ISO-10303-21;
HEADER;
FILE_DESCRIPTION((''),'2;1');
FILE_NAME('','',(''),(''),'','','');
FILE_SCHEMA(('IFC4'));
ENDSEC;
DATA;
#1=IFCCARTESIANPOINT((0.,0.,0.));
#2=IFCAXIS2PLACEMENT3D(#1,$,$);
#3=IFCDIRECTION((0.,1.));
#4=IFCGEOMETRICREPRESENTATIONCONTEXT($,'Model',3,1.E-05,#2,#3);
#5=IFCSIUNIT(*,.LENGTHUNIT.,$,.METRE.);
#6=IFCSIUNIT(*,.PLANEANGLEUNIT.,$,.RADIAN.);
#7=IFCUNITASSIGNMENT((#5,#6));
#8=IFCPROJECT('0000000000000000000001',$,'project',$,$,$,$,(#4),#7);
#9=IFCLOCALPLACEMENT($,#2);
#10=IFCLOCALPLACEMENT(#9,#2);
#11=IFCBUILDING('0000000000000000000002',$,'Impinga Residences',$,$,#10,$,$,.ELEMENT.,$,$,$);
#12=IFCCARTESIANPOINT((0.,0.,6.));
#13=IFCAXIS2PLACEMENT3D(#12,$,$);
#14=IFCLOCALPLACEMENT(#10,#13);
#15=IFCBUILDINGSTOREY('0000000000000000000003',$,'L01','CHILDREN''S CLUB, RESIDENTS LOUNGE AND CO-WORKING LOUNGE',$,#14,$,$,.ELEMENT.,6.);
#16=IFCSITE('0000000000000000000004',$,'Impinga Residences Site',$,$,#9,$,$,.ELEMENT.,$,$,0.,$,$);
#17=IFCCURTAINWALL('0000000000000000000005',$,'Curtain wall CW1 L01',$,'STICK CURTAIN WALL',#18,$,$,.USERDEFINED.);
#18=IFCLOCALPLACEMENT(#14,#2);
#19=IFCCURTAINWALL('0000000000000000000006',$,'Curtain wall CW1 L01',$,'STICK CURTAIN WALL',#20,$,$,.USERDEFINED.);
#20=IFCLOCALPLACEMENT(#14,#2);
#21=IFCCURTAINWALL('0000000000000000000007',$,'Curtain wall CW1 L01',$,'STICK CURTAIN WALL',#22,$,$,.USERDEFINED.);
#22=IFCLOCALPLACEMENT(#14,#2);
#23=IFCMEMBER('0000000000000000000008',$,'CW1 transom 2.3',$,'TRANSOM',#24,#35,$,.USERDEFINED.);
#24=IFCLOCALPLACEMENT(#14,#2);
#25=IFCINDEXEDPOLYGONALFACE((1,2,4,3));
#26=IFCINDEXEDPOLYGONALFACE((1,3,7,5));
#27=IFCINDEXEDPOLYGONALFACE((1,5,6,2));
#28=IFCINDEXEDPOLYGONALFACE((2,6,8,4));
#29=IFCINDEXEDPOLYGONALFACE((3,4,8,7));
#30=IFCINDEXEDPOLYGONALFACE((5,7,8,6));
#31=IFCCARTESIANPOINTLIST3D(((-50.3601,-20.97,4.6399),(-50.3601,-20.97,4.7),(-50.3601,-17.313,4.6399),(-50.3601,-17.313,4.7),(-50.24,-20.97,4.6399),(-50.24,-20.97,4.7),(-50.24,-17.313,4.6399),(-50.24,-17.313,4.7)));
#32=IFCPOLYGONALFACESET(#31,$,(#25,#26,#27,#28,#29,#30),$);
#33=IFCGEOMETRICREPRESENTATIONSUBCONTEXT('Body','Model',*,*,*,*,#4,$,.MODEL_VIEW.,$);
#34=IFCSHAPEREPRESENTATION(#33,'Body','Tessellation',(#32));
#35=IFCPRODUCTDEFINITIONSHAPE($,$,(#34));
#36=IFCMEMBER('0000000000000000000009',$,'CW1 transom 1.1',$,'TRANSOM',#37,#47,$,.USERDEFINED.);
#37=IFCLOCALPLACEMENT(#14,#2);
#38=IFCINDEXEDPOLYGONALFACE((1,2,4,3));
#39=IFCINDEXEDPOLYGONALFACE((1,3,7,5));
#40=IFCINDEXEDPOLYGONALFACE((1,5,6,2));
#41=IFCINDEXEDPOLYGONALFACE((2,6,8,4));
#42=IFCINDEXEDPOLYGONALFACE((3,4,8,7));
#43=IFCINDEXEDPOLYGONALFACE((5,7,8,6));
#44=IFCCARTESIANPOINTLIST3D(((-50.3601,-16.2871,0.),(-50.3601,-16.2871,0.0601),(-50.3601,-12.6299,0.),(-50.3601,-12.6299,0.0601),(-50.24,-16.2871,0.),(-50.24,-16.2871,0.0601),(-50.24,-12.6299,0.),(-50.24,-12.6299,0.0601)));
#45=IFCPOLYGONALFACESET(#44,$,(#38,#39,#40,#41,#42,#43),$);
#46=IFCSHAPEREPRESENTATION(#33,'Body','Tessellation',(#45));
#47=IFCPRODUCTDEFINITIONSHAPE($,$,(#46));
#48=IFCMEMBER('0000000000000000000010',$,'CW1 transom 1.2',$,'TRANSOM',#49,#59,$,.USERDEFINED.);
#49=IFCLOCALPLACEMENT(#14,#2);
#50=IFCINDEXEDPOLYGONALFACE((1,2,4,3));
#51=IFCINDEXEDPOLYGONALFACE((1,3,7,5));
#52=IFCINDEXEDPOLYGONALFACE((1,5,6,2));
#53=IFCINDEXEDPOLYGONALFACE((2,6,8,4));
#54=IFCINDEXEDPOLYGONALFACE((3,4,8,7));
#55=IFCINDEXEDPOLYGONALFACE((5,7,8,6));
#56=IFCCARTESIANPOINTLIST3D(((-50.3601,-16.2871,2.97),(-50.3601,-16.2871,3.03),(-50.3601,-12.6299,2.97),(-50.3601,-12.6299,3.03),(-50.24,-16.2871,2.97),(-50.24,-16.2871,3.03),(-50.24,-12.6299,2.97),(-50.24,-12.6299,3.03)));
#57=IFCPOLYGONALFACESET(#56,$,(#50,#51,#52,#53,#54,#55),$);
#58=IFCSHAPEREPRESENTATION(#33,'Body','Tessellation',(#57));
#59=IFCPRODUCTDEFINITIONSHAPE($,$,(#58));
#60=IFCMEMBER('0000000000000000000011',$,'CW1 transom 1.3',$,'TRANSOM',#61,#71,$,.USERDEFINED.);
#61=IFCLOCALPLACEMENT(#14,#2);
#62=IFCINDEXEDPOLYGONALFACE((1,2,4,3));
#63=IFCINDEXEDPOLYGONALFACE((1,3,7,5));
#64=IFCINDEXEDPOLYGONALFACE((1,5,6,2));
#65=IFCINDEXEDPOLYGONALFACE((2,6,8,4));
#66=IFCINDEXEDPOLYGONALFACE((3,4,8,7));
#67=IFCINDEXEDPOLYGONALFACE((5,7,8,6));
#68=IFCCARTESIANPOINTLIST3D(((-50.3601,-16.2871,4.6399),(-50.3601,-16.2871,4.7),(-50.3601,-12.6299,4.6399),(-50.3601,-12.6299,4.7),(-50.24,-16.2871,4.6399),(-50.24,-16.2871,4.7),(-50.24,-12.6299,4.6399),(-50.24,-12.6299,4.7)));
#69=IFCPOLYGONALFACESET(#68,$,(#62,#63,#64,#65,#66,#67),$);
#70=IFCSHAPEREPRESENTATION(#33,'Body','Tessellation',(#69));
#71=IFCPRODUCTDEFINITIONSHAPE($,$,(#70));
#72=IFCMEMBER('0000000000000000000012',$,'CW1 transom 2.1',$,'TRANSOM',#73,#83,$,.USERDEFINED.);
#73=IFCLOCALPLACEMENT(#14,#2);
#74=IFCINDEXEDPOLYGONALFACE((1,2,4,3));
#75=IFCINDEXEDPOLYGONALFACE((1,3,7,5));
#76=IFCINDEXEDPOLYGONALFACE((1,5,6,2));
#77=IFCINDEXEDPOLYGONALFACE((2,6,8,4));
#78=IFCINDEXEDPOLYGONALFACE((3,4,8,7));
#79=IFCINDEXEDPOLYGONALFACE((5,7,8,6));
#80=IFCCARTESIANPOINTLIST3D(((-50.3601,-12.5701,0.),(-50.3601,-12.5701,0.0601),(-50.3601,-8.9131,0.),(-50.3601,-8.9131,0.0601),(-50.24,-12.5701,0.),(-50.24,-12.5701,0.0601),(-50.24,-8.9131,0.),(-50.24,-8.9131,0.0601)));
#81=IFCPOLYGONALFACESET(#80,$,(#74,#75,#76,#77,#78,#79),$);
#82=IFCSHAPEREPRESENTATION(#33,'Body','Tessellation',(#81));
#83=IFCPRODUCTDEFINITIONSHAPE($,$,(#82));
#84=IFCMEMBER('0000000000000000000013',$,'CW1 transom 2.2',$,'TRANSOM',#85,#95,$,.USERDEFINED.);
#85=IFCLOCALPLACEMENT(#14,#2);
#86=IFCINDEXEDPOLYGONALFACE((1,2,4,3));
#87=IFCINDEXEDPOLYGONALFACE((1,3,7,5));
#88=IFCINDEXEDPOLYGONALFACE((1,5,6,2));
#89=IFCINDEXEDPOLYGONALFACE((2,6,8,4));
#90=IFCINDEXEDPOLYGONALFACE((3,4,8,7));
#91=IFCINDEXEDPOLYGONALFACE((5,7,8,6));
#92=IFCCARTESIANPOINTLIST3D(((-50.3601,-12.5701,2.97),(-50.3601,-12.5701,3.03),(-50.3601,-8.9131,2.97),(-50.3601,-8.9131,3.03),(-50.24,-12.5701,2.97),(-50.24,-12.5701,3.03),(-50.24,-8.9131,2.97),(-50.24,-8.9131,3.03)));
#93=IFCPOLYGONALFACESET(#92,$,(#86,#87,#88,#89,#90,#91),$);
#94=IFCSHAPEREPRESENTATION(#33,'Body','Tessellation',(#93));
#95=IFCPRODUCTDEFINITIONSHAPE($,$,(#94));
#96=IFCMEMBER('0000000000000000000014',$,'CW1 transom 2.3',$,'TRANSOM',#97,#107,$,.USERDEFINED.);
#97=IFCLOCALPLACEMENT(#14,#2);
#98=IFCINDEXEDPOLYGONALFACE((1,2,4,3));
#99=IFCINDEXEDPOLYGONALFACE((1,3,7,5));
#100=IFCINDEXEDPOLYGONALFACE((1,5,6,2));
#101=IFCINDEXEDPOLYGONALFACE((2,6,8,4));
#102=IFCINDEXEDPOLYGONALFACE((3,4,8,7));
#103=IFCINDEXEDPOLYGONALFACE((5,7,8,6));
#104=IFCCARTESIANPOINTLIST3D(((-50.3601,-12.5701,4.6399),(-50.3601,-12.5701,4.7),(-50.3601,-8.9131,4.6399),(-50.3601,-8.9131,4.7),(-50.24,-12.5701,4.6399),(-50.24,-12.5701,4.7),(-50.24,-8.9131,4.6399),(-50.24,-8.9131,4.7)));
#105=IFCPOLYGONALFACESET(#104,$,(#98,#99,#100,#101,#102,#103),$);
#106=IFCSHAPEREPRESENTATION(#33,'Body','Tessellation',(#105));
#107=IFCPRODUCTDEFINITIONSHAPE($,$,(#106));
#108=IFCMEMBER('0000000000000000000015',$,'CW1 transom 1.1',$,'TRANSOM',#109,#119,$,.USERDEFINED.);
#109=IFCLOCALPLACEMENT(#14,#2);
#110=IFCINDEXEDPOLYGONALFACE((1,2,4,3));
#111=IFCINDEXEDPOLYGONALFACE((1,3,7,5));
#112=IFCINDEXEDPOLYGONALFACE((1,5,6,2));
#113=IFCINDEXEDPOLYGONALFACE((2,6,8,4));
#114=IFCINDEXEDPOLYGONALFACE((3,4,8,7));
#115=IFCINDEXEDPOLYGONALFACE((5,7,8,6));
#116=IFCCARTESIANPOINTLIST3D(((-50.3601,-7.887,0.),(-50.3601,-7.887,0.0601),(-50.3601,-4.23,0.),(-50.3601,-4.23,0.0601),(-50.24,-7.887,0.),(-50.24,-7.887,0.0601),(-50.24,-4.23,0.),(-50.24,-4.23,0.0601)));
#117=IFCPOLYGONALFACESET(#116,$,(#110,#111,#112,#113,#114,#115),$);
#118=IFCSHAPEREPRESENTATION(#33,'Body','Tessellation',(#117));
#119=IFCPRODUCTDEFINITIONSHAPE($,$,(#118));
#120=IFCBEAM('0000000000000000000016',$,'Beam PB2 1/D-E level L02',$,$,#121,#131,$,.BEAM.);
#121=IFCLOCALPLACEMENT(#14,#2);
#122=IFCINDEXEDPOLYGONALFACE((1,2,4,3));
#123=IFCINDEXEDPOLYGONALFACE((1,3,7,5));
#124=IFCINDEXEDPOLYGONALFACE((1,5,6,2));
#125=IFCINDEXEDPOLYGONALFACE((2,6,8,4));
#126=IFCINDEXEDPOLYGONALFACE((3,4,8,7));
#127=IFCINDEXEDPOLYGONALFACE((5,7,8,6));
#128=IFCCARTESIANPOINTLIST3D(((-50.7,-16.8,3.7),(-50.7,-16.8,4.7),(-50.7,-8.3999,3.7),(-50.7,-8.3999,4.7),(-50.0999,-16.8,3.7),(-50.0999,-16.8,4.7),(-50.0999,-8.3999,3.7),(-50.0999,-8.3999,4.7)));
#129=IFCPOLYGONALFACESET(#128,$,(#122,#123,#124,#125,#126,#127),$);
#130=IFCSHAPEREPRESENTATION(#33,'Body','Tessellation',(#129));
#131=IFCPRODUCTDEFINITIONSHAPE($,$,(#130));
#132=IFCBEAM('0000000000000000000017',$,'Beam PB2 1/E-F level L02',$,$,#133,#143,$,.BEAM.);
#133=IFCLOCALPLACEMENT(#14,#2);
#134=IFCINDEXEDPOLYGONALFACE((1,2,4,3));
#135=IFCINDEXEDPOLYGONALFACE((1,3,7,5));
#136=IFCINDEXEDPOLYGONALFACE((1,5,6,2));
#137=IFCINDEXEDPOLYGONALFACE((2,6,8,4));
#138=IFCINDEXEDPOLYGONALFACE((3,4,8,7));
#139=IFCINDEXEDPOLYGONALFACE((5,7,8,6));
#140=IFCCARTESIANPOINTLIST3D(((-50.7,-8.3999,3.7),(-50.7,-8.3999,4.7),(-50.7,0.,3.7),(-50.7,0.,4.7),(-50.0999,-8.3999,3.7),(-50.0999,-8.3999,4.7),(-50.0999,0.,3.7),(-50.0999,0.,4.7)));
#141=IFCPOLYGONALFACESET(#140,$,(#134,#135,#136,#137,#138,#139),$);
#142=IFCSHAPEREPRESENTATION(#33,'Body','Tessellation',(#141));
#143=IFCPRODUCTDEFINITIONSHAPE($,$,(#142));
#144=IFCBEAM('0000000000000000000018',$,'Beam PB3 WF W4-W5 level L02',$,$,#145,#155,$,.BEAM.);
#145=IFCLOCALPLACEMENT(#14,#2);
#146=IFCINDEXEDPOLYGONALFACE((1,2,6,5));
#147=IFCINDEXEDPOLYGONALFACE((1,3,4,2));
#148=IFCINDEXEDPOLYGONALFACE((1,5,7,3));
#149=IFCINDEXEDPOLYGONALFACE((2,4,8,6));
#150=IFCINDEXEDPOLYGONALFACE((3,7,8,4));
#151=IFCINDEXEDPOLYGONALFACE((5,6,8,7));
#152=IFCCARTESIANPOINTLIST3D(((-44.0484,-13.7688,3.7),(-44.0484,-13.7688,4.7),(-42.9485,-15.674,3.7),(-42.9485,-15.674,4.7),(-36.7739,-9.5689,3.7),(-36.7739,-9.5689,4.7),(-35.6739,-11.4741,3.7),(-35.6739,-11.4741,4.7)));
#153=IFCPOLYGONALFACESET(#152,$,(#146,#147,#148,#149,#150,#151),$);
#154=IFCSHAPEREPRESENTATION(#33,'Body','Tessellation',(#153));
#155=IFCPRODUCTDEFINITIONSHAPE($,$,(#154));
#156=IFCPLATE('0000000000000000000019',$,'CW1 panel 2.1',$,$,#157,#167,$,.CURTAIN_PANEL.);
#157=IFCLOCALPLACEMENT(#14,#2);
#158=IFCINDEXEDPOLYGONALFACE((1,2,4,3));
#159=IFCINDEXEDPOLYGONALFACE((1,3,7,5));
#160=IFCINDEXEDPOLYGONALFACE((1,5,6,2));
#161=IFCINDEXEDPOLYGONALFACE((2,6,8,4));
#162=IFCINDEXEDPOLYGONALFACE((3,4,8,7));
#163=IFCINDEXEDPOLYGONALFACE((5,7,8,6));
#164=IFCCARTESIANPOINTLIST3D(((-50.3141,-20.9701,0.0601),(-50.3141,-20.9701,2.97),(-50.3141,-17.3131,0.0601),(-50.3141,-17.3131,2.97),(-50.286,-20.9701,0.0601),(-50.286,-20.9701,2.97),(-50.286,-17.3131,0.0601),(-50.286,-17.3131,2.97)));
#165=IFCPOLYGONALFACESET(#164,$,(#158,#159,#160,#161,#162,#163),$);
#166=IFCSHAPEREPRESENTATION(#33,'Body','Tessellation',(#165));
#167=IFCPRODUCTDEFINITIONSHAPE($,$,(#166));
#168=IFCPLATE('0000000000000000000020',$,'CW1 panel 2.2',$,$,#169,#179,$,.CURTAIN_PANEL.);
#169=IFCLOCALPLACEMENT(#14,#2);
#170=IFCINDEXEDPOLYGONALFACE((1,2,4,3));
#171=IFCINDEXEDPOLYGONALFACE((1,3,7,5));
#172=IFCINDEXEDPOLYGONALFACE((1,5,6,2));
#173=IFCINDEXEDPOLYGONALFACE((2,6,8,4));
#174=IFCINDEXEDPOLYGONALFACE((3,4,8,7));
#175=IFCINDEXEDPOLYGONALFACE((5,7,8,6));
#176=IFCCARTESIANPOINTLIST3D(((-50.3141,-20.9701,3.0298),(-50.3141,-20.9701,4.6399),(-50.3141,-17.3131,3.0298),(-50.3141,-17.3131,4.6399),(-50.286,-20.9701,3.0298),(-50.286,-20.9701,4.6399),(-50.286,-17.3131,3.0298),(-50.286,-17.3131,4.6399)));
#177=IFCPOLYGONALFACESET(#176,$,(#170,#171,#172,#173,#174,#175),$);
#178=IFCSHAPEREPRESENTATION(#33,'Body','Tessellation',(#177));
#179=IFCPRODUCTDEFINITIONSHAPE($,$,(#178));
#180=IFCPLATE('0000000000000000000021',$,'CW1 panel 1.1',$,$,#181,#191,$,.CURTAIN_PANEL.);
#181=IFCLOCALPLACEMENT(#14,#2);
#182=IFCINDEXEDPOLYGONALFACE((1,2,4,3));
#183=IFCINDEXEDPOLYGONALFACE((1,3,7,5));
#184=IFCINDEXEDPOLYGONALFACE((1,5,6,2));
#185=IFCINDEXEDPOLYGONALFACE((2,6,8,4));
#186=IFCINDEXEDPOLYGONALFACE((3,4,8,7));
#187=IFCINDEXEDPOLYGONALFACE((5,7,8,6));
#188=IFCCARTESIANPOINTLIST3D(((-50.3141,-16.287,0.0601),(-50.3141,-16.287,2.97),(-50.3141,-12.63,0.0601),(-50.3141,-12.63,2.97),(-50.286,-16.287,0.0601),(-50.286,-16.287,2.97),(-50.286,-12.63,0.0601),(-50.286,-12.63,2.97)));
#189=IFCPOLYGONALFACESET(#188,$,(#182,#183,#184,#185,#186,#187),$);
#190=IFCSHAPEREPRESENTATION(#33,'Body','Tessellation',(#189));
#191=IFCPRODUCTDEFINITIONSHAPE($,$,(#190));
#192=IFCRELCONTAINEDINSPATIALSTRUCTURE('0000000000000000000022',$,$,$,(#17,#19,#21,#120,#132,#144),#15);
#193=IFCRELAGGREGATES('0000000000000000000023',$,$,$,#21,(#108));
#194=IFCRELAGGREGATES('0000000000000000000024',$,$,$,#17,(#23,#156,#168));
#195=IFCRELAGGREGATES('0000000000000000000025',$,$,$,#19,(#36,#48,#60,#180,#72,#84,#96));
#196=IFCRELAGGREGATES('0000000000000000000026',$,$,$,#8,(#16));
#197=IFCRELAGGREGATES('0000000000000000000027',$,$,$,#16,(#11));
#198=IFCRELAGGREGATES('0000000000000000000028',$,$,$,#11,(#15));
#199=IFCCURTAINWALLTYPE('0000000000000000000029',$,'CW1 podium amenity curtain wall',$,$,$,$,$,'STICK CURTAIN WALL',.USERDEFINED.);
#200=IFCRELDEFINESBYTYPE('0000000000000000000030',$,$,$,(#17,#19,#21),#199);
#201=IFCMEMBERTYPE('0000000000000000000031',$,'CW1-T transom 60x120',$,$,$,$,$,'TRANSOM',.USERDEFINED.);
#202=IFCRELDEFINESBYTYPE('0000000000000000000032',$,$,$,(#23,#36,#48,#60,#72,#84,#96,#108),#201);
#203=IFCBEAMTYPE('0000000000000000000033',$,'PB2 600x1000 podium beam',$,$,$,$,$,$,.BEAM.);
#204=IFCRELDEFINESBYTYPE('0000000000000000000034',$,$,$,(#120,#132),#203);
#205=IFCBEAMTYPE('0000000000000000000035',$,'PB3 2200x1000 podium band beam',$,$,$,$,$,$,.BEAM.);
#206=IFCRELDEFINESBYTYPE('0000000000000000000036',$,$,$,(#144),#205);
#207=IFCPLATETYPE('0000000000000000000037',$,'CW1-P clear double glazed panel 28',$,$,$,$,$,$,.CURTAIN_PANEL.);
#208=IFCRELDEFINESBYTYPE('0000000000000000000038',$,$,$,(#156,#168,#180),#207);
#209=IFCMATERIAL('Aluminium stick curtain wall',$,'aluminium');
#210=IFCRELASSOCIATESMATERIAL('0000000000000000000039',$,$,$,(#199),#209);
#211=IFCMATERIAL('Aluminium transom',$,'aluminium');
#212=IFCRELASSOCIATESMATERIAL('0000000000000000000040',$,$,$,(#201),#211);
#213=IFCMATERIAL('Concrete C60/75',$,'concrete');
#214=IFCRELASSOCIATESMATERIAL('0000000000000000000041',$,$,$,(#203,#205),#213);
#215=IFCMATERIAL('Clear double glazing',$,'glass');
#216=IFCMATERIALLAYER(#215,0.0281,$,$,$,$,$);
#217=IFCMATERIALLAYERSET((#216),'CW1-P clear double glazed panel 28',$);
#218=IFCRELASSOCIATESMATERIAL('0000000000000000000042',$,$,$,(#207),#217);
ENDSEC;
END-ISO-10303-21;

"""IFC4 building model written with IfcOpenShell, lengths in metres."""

from ifc_helpers import new_model, si_unit, direction, frame, origin, origin_2d, place, context, subcontext, project, spatial, rectangle, extrude, material, layer, layer_set, material_profile, profile_set, type_object, element, aggregate, save


model = new_model("IFC4")

# Units and contexts
model_context = context("Model", 3, precision=1e-05, world=origin(), true_north=direction((0.0, 1.0)))
body_context = subcontext(model_context, "Body", "Model", "MODEL_VIEW")
ifc_project = project(units=[si_unit("LENGTHUNIT", "METRE"), si_unit("PLANEANGLEUNIT", "RADIAN")], contexts=[model_context])

# Site, building, storey
site_placement = place(None, origin())
site = spatial("IfcSite", under=ifc_project, at=site_placement, Name="Impinga Residences Site", CompositionType="ELEMENT", RefElevation=0.0)
building_placement = place(site_placement, origin())
building = spatial("IfcBuilding", under=site, at=building_placement, Name="Impinga Residences", CompositionType="ELEMENT")
storey_placement = place(building_placement, frame((0.0, 0.0, 6.0)))
storey = spatial("IfcBuildingStorey", under=building, at=storey_placement, Name="L01", Description="CHILDREN'S CLUB, RESIDENTS LOUNGE AND CO-WORKING LOUNGE", CompositionType="ELEMENT", Elevation=6.0)

# Shared definitions
ifc_material_1 = material(Name="Concrete C60/75", Category="concrete")

# Curtain wall
ifc_material_2 = material(Name="Aluminium stick curtain wall", Category="aluminium")
curtain_wall_type = type_object("IfcCurtainWallType", Name="CW1 podium amenity curtain wall", ElementType="STICK CURTAIN WALL", PredefinedType="USERDEFINED", material=ifc_material_2)
curtain_wall_1_placement = place(storey_placement, origin())
curtain_wall_1 = element("IfcCurtainWall", 1, at=curtain_wall_1_placement, inside=storey, type_object=curtain_wall_type, Name="Curtain wall CW1 L01", ObjectType="STICK CURTAIN WALL", PredefinedType="USERDEFINED")

# Curtain wall
curtain_wall_2_placement = place(storey_placement, origin())
curtain_wall_2 = element("IfcCurtainWall", 2, at=curtain_wall_2_placement, inside=storey, type_object=curtain_wall_type, Name="Curtain wall CW1 L01", ObjectType="STICK CURTAIN WALL", PredefinedType="USERDEFINED")

# Curtain wall
curtain_wall_3_placement = place(storey_placement, origin())
curtain_wall_3 = element("IfcCurtainWall", 3, at=curtain_wall_3_placement, inside=storey, type_object=curtain_wall_type, Name="Curtain wall CW1 L01", ObjectType="STICK CURTAIN WALL", PredefinedType="USERDEFINED")

# Members
ifc_material_3 = material(Name="Aluminium transom", Category="aluminium")
ifc_material_profile_1 = material_profile(ifc_material_3, rectangle(XDim=0.0601, YDim=0.1201, at=origin_2d()), Name="60x120 transom")
ifc_profile_set_1 = profile_set([ifc_material_profile_1], Name="Aluminium transom")
member_type_1 = type_object("IfcMemberType", Name="CW1-T transom 60x120", ElementType="TRANSOM", PredefinedType="USERDEFINED", material=ifc_profile_set_1)
member_1_placement = place(storey_placement, frame((-50.3, -20.97, 4.6699), z_axis=(0.0, 1.0, 0.0), x_axis=(0.0, 0.0, 1.0)))
member_1 = element("IfcMember", 4, at=member_1_placement, type_object=member_type_1, Name="CW1 transom 2.3", ObjectType="TRANSOM", PredefinedType="USERDEFINED", context=body_context, shape_type="SweptSolid", body=[
    extrude(rectangle(XDim=0.0601, YDim=0.1201, at=origin_2d()), origin(), (0.0, 0.0, 1.0), 3.657),
])
member_2_placement = place(storey_placement, frame((-50.3, -16.2871, 0.03), z_axis=(0.0, 1.0, 0.0), x_axis=(0.0, 0.0, 1.0)))
member_2 = element("IfcMember", 5, at=member_2_placement, type_object=member_type_1, Name="CW1 transom 1.1", ObjectType="TRANSOM", PredefinedType="USERDEFINED", context=body_context, shape_type="SweptSolid", body=[
    extrude(rectangle(XDim=0.0601, YDim=0.1201, at=origin_2d()), origin(), (0.0, 0.0, 1.0), 3.6572),
])
member_3_placement = place(storey_placement, frame((-50.3, -16.2871, 3.0), z_axis=(0.0, 1.0, 0.0), x_axis=(0.0, 0.0, 1.0)))
member_3 = element("IfcMember", 6, at=member_3_placement, type_object=member_type_1, Name="CW1 transom 1.2", ObjectType="TRANSOM", PredefinedType="USERDEFINED", context=body_context, shape_type="SweptSolid", body=[
    extrude(rectangle(XDim=0.0601, YDim=0.1201, at=origin_2d()), origin(), (0.0, 0.0, 1.0), 3.6572),
])
member_4_placement = place(storey_placement, frame((-50.3, -16.2871, 4.6699), z_axis=(0.0, 1.0, 0.0), x_axis=(0.0, 0.0, 1.0)))
member_4 = element("IfcMember", 7, at=member_4_placement, type_object=member_type_1, Name="CW1 transom 1.3", ObjectType="TRANSOM", PredefinedType="USERDEFINED", context=body_context, shape_type="SweptSolid", body=[
    extrude(rectangle(XDim=0.0601, YDim=0.1201, at=origin_2d()), origin(), (0.0, 0.0, 1.0), 3.6572),
])
member_5_placement = place(storey_placement, frame((-50.3, -12.5701, 0.03), z_axis=(0.0, 1.0, 0.0), x_axis=(0.0, 0.0, 1.0)))
member_5 = element("IfcMember", 8, at=member_5_placement, type_object=member_type_1, Name="CW1 transom 2.1", ObjectType="TRANSOM", PredefinedType="USERDEFINED", context=body_context, shape_type="SweptSolid", body=[
    extrude(rectangle(XDim=0.0601, YDim=0.1201, at=origin_2d()), origin(), (0.0, 0.0, 1.0), 3.657),
])
member_6_placement = place(storey_placement, frame((-50.3, -12.5701, 3.0), z_axis=(0.0, 1.0, 0.0), x_axis=(0.0, 0.0, 1.0)))
member_6 = element("IfcMember", 9, at=member_6_placement, type_object=member_type_1, Name="CW1 transom 2.2", ObjectType="TRANSOM", PredefinedType="USERDEFINED", context=body_context, shape_type="SweptSolid", body=[
    extrude(rectangle(XDim=0.0601, YDim=0.1201, at=origin_2d()), origin(), (0.0, 0.0, 1.0), 3.657),
])
member_7_placement = place(storey_placement, frame((-50.3, -12.5701, 4.6699), z_axis=(0.0, 1.0, 0.0), x_axis=(0.0, 0.0, 1.0)))
member_7 = element("IfcMember", 10, at=member_7_placement, type_object=member_type_1, Name="CW1 transom 2.3", ObjectType="TRANSOM", PredefinedType="USERDEFINED", context=body_context, shape_type="SweptSolid", body=[
    extrude(rectangle(XDim=0.0601, YDim=0.1201, at=origin_2d()), origin(), (0.0, 0.0, 1.0), 3.657),
])
member_8_placement = place(storey_placement, frame((-50.3, -7.887, 0.03), z_axis=(0.0, 1.0, 0.0), x_axis=(0.0, 0.0, 1.0)))
member_8 = element("IfcMember", 11, at=member_8_placement, type_object=member_type_1, Name="CW1 transom 1.1", ObjectType="TRANSOM", PredefinedType="USERDEFINED", context=body_context, shape_type="SweptSolid", body=[
    extrude(rectangle(XDim=0.0601, YDim=0.1201, at=origin_2d()), origin(), (0.0, 0.0, 1.0), 3.657),
])
aggregate(curtain_wall_3, [member_8])

# Beams
ifc_material_profile_2 = material_profile(ifc_material_1, rectangle(XDim=0.6001, YDim=1.0, at=origin_2d()), Name="RC 600x1000")
ifc_profile_set_2 = profile_set([ifc_material_profile_2], Name="Concrete C60/75")
beam_type_1 = type_object("IfcBeamType", Name="PB2 600x1000 podium beam", PredefinedType="BEAM", material=ifc_profile_set_2)
beam_1_placement = place(storey_placement, frame((-50.3999, -16.8, 4.2), z_axis=(0.0, 1.0, 0.0), x_axis=(-1.0, 0.0, 0.0)))
element("IfcBeam", 12, at=beam_1_placement, inside=storey, type_object=beam_type_1, Name="Beam PB2 1/D-E level L02", PredefinedType="BEAM", context=body_context, shape_type="SweptSolid", body=[
    extrude(rectangle(XDim=0.6001, YDim=1.0, at=origin_2d()), origin(), (0.0, 0.0, 1.0), 8.4001),
])
beam_2_placement = place(storey_placement, frame((-50.3999, -8.3999, 4.2), z_axis=(0.0, 1.0, 0.0), x_axis=(-1.0, 0.0, 0.0)))
element("IfcBeam", 13, at=beam_2_placement, inside=storey, type_object=beam_type_1, Name="Beam PB2 1/E-F level L02", PredefinedType="BEAM", context=body_context, shape_type="SweptSolid", body=[
    extrude(rectangle(XDim=0.6001, YDim=1.0, at=origin_2d()), origin(), (0.0, 0.0, 1.0), 8.3999),
])
ifc_material_profile_3 = material_profile(ifc_material_1, rectangle(XDim=2.2, YDim=1.0, at=origin_2d()), Name="RC 2200x1000")
ifc_profile_set_3 = profile_set([ifc_material_profile_3], Name="Concrete C60/75")
beam_type_2 = type_object("IfcBeamType", Name="PB3 2200x1000 podium band beam", PredefinedType="BEAM", material=ifc_profile_set_3)
beam_3_placement = place(storey_placement, frame((-36.2239, -10.5215, 4.2), z_axis=(-0.866029, -0.499993, 0.0), x_axis=(0.499993, -0.866029, 0.0)))
element("IfcBeam", 14, at=beam_3_placement, inside=storey, type_object=beam_type_2, Name="Beam PB3 WF W4-W5 level L02", PredefinedType="BEAM", context=body_context, shape_type="SweptSolid", body=[
    extrude(rectangle(XDim=2.2, YDim=1.0, at=origin_2d()), origin(), (0.0, 0.0, 1.0), 8.3999),
])

# Plates
ifc_material_4 = material(Name="Clear double glazing", Category="glass")
ifc_layer_1 = layer(ifc_material_4, 0.0281)
ifc_layer_set_1 = layer_set([ifc_layer_1], Name="CW1-P clear double glazed panel 28")
plate_type = type_object("IfcPlateType", Name="CW1-P clear double glazed panel 28", PredefinedType="CURTAIN_PANEL", material=ifc_layer_set_1)
plate_1_placement = place(storey_placement, frame((-50.3, -19.1416, 0.0601), z_axis=(0.0, 0.0, 1.0), x_axis=(0.0, 1.0, 0.0)))
plate_1 = element("IfcPlate", 15, at=plate_1_placement, type_object=plate_type, Name="CW1 panel 2.1", PredefinedType="CURTAIN_PANEL", context=body_context, shape_type="SweptSolid", body=[
    extrude(rectangle(XDim=3.657, YDim=0.0281, at=origin_2d()), origin(), (0.0, 0.0, 1.0), 2.9099),
])
plate_2_placement = place(storey_placement, frame((-50.3, -19.1416, 3.0298), z_axis=(0.0, 0.0, 1.0), x_axis=(0.0, 1.0, 0.0)))
plate_2 = element("IfcPlate", 16, at=plate_2_placement, type_object=plate_type, Name="CW1 panel 2.2", PredefinedType="CURTAIN_PANEL", context=body_context, shape_type="SweptSolid", body=[
    extrude(rectangle(XDim=3.657, YDim=0.0281, at=origin_2d()), origin(), (0.0, 0.0, 1.0), 1.6101),
])
aggregate(curtain_wall_1, [member_1, plate_1, plate_2])
plate_3_placement = place(storey_placement, frame((-50.3, -14.4585, 0.0601), z_axis=(0.0, 0.0, 1.0), x_axis=(0.0, 1.0, 0.0)))
plate_3 = element("IfcPlate", 17, at=plate_3_placement, type_object=plate_type, Name="CW1 panel 1.1", PredefinedType="CURTAIN_PANEL", context=body_context, shape_type="SweptSolid", body=[
    extrude(rectangle(XDim=3.657, YDim=0.0281, at=origin_2d()), origin(), (0.0, 0.0, 1.0), 2.9099),
])
aggregate(curtain_wall_2, [member_2, member_3, member_4, plate_3, member_5, member_6, member_7])

save(model, "model.ifc")
